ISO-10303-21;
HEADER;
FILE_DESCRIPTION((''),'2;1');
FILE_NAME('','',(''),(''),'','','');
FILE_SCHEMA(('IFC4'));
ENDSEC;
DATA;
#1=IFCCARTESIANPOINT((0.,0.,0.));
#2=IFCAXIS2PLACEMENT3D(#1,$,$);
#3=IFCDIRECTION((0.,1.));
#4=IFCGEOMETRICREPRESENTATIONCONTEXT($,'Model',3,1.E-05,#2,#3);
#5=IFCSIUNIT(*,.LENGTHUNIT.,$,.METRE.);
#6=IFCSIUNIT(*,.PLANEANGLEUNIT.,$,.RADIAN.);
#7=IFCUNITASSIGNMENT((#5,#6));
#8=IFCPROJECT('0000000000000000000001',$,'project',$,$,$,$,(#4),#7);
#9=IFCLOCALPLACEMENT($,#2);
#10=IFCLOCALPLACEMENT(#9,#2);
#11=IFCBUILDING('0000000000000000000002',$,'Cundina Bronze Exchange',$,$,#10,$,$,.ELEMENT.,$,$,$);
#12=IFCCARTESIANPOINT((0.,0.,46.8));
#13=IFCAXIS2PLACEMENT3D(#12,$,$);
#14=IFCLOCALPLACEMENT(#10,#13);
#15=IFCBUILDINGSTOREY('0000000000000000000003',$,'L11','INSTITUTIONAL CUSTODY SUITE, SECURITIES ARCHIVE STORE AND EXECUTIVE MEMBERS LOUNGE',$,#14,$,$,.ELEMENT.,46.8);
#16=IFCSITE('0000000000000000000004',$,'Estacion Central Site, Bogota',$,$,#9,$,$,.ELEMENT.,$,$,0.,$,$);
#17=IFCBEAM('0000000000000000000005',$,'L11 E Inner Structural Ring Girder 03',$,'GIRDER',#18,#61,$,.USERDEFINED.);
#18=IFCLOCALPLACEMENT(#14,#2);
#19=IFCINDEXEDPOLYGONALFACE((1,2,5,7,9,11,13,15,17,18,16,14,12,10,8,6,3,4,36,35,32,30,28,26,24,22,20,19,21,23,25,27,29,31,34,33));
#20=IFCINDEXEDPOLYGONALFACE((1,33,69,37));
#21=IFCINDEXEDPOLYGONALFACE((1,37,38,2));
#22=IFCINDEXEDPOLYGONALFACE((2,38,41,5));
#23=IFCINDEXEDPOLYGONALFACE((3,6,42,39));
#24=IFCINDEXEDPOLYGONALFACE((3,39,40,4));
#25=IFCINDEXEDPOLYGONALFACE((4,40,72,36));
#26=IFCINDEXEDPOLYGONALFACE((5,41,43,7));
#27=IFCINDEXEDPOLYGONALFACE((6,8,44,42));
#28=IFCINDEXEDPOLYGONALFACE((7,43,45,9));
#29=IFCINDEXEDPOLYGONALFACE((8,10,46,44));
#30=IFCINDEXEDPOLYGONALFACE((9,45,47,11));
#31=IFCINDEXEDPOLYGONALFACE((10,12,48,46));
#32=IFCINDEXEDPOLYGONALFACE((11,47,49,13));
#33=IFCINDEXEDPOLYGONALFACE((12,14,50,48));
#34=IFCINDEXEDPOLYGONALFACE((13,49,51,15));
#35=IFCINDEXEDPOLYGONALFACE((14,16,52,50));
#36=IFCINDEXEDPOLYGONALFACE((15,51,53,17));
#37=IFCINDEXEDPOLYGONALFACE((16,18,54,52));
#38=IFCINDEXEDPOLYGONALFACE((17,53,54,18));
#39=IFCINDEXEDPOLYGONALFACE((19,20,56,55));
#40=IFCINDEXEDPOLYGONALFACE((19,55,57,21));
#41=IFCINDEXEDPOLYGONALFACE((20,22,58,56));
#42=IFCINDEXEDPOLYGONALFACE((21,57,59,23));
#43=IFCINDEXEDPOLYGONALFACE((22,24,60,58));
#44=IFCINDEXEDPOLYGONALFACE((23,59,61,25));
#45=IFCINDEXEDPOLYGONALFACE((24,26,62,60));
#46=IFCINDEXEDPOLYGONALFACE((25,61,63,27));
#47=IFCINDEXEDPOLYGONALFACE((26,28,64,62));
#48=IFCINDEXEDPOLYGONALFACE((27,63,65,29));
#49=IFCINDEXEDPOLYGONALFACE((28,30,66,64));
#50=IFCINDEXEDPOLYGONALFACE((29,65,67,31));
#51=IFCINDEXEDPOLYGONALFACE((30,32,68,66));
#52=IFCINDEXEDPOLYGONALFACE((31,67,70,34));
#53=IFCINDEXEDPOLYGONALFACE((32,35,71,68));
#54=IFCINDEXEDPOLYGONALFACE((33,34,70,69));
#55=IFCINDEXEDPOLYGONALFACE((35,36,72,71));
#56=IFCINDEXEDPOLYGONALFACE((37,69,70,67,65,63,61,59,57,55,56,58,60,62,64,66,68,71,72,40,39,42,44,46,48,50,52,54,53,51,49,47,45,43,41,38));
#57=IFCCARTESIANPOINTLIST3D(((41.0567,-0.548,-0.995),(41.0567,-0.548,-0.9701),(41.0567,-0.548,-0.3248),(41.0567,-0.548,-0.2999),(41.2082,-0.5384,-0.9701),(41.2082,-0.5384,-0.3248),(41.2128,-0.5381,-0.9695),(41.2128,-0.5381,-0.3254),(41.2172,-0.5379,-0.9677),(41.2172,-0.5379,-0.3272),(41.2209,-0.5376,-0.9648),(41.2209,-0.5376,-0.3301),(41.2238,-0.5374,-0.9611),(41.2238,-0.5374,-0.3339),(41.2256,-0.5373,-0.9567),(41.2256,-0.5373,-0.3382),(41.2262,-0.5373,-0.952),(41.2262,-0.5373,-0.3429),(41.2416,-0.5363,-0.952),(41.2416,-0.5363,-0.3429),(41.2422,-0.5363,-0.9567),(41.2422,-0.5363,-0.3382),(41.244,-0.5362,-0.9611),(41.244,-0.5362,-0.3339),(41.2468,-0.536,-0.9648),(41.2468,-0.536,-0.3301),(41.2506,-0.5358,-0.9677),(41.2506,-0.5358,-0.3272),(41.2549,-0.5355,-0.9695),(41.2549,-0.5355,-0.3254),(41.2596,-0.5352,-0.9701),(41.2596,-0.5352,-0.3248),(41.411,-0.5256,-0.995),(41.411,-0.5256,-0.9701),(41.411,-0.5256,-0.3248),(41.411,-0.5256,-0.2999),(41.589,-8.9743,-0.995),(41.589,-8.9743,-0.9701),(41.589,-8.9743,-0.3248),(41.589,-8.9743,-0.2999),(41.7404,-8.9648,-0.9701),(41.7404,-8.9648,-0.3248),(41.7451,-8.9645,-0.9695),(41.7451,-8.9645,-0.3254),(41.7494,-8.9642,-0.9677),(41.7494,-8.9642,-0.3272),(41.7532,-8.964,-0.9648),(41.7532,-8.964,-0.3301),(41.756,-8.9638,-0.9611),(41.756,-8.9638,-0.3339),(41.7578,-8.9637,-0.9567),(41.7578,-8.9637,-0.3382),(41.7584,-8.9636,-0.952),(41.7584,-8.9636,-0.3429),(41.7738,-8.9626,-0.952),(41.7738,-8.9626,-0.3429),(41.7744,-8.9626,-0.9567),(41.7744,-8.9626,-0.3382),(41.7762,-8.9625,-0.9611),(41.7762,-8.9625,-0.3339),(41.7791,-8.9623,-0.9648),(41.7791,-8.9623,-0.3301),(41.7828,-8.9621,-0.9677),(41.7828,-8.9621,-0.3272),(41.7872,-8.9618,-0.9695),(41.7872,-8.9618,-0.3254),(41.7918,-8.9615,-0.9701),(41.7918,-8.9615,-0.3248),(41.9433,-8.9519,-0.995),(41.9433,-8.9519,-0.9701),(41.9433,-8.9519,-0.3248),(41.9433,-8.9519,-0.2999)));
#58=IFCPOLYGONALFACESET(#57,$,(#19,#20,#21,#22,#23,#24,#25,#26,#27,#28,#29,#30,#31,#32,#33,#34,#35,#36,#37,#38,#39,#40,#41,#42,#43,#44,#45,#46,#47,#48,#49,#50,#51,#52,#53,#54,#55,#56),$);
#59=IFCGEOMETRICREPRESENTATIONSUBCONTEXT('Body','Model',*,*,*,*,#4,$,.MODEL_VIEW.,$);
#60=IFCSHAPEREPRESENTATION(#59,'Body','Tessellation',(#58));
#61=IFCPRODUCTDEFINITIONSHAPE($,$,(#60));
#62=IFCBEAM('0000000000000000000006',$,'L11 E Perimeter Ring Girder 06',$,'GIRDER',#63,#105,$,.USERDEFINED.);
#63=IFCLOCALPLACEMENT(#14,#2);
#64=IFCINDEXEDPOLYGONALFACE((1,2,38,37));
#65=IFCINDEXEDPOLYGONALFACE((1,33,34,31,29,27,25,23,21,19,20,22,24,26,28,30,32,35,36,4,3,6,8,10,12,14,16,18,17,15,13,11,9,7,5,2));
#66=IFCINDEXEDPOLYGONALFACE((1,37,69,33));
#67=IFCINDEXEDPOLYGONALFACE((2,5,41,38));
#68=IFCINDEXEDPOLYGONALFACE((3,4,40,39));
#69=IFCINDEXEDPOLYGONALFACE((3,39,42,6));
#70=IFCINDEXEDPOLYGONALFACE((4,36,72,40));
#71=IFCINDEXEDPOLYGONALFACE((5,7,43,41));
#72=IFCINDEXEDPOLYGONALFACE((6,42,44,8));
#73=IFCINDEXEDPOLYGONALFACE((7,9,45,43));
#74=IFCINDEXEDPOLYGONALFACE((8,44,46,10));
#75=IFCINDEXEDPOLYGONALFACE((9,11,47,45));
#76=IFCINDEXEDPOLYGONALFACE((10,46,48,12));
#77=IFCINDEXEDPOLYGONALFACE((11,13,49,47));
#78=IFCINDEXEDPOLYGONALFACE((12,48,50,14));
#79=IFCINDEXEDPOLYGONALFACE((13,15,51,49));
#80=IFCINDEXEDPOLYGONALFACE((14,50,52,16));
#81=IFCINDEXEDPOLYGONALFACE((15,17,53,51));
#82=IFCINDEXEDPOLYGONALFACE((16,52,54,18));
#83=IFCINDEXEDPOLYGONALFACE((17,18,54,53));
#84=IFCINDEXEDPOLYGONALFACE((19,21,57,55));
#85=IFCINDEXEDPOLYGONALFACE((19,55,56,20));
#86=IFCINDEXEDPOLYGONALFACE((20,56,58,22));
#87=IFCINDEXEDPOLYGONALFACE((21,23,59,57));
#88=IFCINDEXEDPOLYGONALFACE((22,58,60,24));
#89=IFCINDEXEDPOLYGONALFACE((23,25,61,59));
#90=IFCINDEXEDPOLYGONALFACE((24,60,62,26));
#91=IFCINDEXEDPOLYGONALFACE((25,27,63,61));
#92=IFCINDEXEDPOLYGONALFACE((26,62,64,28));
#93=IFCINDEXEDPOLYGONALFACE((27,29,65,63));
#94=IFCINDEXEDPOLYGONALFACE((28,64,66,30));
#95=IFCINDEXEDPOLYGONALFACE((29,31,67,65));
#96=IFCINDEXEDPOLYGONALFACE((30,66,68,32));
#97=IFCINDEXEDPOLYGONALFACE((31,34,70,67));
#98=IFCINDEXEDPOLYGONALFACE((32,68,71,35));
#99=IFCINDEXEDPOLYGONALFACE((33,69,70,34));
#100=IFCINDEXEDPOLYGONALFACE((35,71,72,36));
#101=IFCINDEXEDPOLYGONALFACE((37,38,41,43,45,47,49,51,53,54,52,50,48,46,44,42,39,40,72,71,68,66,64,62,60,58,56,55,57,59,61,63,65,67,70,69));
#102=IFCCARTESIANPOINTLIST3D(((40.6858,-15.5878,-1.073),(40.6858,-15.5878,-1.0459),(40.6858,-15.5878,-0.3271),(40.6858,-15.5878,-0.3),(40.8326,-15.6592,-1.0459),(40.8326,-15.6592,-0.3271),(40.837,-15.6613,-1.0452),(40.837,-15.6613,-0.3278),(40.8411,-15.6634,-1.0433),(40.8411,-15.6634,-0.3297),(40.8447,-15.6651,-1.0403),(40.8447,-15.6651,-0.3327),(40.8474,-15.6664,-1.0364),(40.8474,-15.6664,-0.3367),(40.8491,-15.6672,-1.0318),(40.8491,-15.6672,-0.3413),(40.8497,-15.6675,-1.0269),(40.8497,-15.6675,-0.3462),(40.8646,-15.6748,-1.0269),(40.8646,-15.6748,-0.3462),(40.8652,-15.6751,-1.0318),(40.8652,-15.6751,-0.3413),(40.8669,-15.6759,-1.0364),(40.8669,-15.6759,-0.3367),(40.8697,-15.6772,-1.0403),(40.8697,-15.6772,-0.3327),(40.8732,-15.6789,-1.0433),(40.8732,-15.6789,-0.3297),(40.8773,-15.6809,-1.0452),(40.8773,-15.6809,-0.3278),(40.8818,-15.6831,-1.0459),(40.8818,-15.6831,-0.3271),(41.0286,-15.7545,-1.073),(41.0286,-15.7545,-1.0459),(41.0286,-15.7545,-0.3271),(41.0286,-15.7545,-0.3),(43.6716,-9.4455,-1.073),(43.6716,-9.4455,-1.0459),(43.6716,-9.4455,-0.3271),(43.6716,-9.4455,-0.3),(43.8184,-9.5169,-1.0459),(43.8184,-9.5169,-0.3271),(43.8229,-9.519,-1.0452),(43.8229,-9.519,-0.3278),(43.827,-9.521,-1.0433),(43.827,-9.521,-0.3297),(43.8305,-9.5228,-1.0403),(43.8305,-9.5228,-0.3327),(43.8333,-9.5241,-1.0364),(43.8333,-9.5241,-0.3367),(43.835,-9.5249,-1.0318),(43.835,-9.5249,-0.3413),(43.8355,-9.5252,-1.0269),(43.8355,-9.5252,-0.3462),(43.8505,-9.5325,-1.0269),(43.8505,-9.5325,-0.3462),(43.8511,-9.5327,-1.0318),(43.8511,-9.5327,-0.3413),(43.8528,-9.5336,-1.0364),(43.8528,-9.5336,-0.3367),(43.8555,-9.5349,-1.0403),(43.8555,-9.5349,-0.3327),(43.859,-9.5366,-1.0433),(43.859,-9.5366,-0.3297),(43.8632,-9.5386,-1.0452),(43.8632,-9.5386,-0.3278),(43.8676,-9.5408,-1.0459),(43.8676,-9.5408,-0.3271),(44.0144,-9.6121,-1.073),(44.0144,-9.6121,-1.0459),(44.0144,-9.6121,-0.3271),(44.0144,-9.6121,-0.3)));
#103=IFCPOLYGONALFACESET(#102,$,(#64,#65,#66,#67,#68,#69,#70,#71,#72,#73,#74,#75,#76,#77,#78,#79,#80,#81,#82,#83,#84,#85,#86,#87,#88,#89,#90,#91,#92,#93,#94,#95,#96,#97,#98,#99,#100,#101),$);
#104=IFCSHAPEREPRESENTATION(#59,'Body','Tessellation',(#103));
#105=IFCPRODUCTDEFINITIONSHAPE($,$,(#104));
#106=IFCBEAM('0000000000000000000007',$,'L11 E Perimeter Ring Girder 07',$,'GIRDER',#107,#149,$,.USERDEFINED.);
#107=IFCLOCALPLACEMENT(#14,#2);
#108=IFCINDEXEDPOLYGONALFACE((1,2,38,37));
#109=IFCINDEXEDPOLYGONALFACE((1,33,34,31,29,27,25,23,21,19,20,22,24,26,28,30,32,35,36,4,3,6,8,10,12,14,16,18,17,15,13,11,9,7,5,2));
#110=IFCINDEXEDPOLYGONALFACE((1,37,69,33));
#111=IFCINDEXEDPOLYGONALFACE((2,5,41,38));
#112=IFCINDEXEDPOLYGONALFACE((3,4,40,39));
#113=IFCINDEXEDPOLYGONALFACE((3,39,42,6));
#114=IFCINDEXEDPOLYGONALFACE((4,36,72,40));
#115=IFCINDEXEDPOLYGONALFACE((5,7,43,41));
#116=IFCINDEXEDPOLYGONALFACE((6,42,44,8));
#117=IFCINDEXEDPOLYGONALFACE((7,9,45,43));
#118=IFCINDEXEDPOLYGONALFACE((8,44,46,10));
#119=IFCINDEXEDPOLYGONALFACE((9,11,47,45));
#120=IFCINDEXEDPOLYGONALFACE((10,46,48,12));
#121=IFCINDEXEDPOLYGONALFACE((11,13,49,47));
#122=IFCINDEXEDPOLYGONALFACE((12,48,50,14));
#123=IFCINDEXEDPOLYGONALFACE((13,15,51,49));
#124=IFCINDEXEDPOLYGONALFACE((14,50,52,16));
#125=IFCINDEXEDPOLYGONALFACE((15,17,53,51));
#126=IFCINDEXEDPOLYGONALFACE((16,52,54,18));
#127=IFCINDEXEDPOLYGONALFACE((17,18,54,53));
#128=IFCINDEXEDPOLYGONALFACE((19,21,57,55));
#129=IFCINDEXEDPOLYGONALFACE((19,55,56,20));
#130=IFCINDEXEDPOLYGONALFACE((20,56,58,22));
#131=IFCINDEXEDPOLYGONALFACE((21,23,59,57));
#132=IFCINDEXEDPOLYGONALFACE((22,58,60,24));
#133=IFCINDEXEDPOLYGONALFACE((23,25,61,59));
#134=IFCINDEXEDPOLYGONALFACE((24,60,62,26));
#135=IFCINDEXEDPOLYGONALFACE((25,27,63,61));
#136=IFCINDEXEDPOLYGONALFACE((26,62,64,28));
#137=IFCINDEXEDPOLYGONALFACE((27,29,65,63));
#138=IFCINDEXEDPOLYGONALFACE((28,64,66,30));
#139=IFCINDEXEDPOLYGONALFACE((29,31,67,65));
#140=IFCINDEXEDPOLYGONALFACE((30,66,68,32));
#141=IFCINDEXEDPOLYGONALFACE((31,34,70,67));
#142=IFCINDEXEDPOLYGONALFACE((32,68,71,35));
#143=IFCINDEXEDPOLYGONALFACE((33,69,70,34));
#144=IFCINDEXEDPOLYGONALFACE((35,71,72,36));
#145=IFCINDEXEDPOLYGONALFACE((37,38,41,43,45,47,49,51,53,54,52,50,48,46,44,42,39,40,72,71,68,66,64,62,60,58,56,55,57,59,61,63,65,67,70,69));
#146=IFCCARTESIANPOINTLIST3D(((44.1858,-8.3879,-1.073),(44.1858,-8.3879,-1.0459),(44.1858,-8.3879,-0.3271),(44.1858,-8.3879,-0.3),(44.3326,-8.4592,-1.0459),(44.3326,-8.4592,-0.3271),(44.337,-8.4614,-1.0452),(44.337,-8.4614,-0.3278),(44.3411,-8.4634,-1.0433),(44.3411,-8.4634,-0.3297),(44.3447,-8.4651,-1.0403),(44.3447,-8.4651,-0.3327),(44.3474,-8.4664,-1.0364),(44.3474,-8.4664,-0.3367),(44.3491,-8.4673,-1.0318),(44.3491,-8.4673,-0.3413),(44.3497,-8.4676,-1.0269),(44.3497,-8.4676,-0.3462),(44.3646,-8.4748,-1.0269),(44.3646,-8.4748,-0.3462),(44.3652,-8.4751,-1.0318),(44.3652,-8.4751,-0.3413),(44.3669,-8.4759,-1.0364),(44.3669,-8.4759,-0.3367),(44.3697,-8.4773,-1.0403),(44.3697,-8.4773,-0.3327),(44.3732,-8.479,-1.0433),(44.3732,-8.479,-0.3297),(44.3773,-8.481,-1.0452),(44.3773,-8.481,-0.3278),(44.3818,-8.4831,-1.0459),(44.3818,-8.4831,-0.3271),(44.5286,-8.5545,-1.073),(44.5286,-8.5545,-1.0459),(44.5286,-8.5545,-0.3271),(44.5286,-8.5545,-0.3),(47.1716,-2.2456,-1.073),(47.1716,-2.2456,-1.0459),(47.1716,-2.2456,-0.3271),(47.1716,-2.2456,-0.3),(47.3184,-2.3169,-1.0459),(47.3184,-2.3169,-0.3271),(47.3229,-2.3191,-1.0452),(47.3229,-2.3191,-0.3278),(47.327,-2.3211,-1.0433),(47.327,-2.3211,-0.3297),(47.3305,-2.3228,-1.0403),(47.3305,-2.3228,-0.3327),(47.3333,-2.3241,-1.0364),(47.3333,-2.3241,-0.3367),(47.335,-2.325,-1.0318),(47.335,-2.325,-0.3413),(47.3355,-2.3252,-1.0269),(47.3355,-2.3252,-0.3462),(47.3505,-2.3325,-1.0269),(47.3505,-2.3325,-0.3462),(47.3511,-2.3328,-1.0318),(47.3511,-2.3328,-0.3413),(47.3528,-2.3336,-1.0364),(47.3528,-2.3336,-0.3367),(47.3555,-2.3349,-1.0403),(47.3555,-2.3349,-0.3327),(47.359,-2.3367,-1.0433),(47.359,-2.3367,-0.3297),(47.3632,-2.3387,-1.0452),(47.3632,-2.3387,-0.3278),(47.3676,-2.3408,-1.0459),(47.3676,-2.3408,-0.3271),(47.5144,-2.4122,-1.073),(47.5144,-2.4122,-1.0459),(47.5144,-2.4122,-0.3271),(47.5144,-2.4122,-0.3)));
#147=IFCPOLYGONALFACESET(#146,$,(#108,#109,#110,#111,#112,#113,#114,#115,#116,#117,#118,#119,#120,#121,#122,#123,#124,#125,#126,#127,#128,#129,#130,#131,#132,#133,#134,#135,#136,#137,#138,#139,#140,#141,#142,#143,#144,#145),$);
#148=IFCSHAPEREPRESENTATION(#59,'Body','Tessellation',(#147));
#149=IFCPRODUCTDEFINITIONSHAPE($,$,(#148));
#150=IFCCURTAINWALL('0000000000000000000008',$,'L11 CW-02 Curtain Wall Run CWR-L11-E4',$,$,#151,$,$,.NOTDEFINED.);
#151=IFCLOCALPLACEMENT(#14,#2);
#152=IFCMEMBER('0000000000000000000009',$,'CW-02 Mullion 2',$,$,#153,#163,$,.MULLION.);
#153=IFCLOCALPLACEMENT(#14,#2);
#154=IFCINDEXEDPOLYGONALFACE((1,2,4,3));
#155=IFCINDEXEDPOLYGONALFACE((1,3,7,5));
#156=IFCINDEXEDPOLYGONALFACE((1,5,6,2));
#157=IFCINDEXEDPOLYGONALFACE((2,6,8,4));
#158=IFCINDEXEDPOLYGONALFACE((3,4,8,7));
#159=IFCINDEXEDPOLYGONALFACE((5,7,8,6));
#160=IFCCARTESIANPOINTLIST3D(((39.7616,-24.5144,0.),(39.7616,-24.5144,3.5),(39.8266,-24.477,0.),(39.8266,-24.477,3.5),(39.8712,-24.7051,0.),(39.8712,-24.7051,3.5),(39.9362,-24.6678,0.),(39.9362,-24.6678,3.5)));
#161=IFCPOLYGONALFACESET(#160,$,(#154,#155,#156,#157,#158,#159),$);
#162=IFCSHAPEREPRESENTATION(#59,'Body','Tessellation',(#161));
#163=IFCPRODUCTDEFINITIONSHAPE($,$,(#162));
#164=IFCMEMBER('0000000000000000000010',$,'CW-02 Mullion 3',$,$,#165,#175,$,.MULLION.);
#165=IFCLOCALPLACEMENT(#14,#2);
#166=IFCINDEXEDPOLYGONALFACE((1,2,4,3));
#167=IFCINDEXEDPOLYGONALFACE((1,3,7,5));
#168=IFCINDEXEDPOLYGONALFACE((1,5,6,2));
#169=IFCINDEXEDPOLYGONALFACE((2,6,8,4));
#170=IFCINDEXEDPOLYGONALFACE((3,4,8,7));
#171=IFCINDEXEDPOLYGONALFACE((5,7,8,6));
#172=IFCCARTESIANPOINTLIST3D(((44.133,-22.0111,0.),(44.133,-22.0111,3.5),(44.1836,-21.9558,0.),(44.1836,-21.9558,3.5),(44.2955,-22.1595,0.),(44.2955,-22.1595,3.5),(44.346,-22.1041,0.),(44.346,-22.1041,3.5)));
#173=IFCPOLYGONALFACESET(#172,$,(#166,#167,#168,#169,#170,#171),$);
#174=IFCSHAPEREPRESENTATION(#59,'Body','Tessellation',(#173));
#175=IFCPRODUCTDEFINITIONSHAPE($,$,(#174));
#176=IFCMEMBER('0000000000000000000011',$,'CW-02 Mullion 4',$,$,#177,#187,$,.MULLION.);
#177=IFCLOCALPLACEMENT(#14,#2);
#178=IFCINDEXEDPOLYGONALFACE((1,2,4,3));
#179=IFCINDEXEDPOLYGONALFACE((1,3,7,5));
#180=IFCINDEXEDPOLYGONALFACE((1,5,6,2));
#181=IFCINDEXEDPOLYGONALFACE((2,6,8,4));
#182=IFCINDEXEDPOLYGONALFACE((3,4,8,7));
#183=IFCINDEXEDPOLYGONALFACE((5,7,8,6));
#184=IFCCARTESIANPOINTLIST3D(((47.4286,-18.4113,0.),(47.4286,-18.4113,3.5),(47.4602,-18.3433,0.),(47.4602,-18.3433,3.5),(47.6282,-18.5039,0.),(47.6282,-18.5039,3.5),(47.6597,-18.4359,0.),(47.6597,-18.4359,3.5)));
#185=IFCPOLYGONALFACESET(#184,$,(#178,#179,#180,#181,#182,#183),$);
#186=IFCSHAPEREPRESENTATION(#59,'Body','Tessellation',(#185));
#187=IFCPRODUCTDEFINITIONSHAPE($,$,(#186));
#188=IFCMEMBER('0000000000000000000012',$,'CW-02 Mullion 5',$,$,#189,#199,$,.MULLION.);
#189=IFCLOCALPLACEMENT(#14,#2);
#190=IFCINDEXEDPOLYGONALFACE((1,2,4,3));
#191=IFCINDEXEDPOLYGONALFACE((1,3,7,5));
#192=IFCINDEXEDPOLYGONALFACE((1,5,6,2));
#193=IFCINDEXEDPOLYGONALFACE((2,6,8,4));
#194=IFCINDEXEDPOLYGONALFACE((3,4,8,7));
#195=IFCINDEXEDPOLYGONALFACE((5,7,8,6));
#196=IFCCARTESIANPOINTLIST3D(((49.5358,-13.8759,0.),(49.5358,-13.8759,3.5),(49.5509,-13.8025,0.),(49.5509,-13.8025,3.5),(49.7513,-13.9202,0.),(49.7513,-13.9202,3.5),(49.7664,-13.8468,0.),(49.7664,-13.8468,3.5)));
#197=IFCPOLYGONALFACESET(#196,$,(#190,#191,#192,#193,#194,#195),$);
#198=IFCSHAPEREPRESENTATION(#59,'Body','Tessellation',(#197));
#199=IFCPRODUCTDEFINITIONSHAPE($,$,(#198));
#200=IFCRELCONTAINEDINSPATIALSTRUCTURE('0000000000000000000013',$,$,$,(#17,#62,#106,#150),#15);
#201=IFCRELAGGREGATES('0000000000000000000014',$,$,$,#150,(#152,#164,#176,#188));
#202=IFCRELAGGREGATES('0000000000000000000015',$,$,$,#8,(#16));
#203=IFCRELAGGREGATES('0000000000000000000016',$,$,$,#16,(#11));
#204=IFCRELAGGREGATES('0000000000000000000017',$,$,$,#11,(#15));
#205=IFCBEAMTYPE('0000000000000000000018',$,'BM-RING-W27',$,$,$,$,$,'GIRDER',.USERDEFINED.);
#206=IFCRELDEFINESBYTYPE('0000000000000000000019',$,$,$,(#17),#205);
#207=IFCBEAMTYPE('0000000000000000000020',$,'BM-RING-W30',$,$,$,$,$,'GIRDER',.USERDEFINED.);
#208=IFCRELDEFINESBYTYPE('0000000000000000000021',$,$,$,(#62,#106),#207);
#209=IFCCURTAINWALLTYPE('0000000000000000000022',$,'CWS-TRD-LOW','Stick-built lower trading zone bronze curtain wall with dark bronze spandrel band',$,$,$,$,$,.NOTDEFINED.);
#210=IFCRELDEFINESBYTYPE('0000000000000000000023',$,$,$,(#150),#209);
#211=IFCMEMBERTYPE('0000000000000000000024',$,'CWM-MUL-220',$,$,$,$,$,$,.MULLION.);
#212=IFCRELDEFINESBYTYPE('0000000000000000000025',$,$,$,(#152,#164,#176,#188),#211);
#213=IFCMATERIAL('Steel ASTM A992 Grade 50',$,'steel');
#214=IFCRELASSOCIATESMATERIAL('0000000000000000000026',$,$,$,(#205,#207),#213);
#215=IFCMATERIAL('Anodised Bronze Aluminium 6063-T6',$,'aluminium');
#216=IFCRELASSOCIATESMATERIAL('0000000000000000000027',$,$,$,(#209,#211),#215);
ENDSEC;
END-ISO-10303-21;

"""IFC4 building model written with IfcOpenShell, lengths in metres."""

from ifc_helpers import new_model, si_unit, direction, frame, origin, origin_2d, place, context, subcontext, project, spatial, rectangle, i_section, extrude, material, material_profile, profile_set, type_object, element, aggregate, save


model = new_model("IFC4")

# Units and contexts
model_context = context("Model", 3, precision=1e-05, world=origin(), true_north=direction((0.0, 1.0)))
body_context = subcontext(model_context, "Body", "Model", "MODEL_VIEW")
ifc_project = project(units=[si_unit("LENGTHUNIT", "METRE"), si_unit("PLANEANGLEUNIT", "RADIAN")], contexts=[model_context])

# Site, building, storey
site_placement = place(None, origin())
site = spatial("IfcSite", under=ifc_project, at=site_placement, Name="Estacion Central Site, Bogota", CompositionType="ELEMENT", RefElevation=0.0)
building_placement = place(site_placement, origin())
building = spatial("IfcBuilding", under=site, at=building_placement, Name="Cundina Bronze Exchange", CompositionType="ELEMENT")
storey_placement = place(building_placement, frame((0.0, 0.0, 46.8)))
storey = spatial("IfcBuildingStorey", under=building, at=storey_placement, Name="L11", Description="INSTITUTIONAL CUSTODY SUITE, SECURITIES ARCHIVE STORE AND EXECUTIVE MEMBERS LOUNGE", CompositionType="ELEMENT", Elevation=46.8)

# Beams
ifc_material_1 = material(Name="Steel ASTM A992 Grade 50", Category="steel")
ifc_material_profile_1 = material_profile(ifc_material_1, i_section(OverallWidth=0.355, OverallDepth=0.6951, WebThickness=0.0154, FlangeThickness=0.0249, FilletRadius=0.0181, at=origin_2d()), Name="W27X146", Category="steel")
ifc_profile_set_1 = profile_set([ifc_material_profile_1], Name="Steel ASTM A992 Grade 50")
beam_type_1 = type_object("IfcBeamType", Name="BM-RING-W27", ElementType="GIRDER", PredefinedType="USERDEFINED", material=ifc_profile_set_1)
beam_1_placement = place(storey_placement, frame((41.7661, -8.9631, -0.6475), z_axis=(-0.063037, 0.998011, 0.0), x_axis=(-0.998011, -0.063037, 0.0)))
element("IfcBeam", 1, at=beam_1_placement, inside=storey, type_object=beam_type_1, Name="L11 E Inner Structural Ring Girder 03", ObjectType="GIRDER", PredefinedType="USERDEFINED", context=body_context, shape_type="SweptSolid", body=[
    extrude(i_section(OverallWidth=0.355, OverallDepth=0.6951, WebThickness=0.0154, FlangeThickness=0.0249, FilletRadius=0.0181, at=origin_2d()), origin(), (0.0, 0.0, 1.0), 8.4431),
])
ifc_material_profile_2 = material_profile(ifc_material_1, i_section(OverallWidth=0.3811, OverallDepth=0.7729, WebThickness=0.0166, FlangeThickness=0.0271, FilletRadius=0.019, at=origin_2d()), Name="W30X173", Category="steel")
ifc_profile_set_2 = profile_set([ifc_material_profile_2], Name="Steel ASTM A992 Grade 50")
beam_type_2 = type_object("IfcBeamType", Name="BM-RING-W30", ElementType="GIRDER", PredefinedType="USERDEFINED", material=ifc_profile_set_2)
for number, where, z_axis, x_axis, name in (
    (2, (40.8572, -15.6711, -0.6865), (0.437191, 0.899369, 0.0), (-0.899369, 0.437191, 0.0), "L11 E Perimeter Ring Girder 06"),
    (3, (44.3572, -8.4712, -0.6865), (0.437191, 0.899369, 0.0), (-0.899369, 0.437191, 0.0), "L11 E Perimeter Ring Girder 07"),
):
    element("IfcBeam", number, at=place(storey_placement, frame(where, z_axis=z_axis, x_axis=x_axis)), inside=storey, type_object=beam_type_2, Name=name, ObjectType="GIRDER", PredefinedType="USERDEFINED", context=body_context, shape_type="SweptSolid", body=[
        extrude(i_section(OverallWidth=0.3811, OverallDepth=0.7729, WebThickness=0.0166, FlangeThickness=0.0271, FilletRadius=0.019, at=origin_2d()), origin(), (0.0, 0.0, 1.0), 6.8296),
    ])

# Curtain wall, members
ifc_material_2 = material(Name="Anodised Bronze Aluminium 6063-T6", Category="aluminium")
curtain_wall_type = type_object("IfcCurtainWallType", Name="CWS-TRD-LOW", Description="Stick-built lower trading zone bronze curtain wall with dark bronze spandrel band", PredefinedType="NOTDEFINED", material=ifc_material_2)
curtain_wall_placement = place(storey_placement, origin())
curtain_wall = element("IfcCurtainWall", 4, at=curtain_wall_placement, inside=storey, type_object=curtain_wall_type, Name="L11 CW-02 Curtain Wall Run CWR-L11-E4", PredefinedType="NOTDEFINED")
ifc_material_profile_3 = material_profile(ifc_material_2, rectangle(XDim=0.075, YDim=0.22, at=origin_2d()), Name="AL75X220", Category="aluminium")
ifc_profile_set_3 = profile_set([ifc_material_profile_3], Name="Anodised Bronze Aluminium 6063-T6")
member_type_1 = type_object("IfcMemberType", Name="CWM-MUL-220", PredefinedType="MULLION", material=ifc_profile_set_3)
member_1_placement = place(storey_placement, frame((39.8489, -24.5911, 0.0), z_axis=(0.0, 0.0, 1.0), x_axis=(0.867071, 0.498185, 0.0)))
member_1 = element("IfcMember", 5, at=member_1_placement, type_object=member_type_1, Name="CW-02 Mullion 2", PredefinedType="MULLION", context=body_context, shape_type="SweptSolid", body=[
    extrude(rectangle(XDim=0.075, YDim=0.22, at=origin_2d()), origin(), (0.0, 0.0, 1.0), 3.5),
])
member_2_placement = place(storey_placement, frame((44.2395, -22.0576, 0.0), z_axis=(0.0, 0.0, 1.0), x_axis=(0.674302, 0.738455, 0.0)))
member_2 = element("IfcMember", 6, at=member_2_placement, type_object=member_type_1, Name="CW-02 Mullion 3", PredefinedType="MULLION", context=body_context, shape_type="SweptSolid", body=[
    extrude(rectangle(XDim=0.075, YDim=0.22, at=origin_2d()), origin(), (0.0, 0.0, 1.0), 3.5),
])
member_3_placement = place(storey_placement, frame((47.5442, -18.4236, 0.0), z_axis=(0.0, 0.0, 1.0), x_axis=(0.420877, 0.907117, 0.0)))
member_3 = element("IfcMember", 7, at=member_3_placement, type_object=member_type_1, Name="CW-02 Mullion 4", PredefinedType="MULLION", context=body_context, shape_type="SweptSolid", body=[
    extrude(rectangle(XDim=0.075, YDim=0.22, at=origin_2d()), origin(), (0.0, 0.0, 1.0), 3.5),
])
member_4_placement = place(storey_placement, frame((49.6511, -13.8613, 0.0), z_axis=(0.0, 0.0, 1.0), x_axis=(0.20142, 0.979505, 0.0)))
member_4 = element("IfcMember", 8, at=member_4_placement, type_object=member_type_1, Name="CW-02 Mullion 5", PredefinedType="MULLION", context=body_context, shape_type="SweptSolid", body=[
    extrude(rectangle(XDim=0.075, YDim=0.22, at=origin_2d()), origin(), (0.0, 0.0, 1.0), 3.5),
])
aggregate(curtain_wall, [member_1, member_2, member_3, member_4])

save(model, "model.ifc")
